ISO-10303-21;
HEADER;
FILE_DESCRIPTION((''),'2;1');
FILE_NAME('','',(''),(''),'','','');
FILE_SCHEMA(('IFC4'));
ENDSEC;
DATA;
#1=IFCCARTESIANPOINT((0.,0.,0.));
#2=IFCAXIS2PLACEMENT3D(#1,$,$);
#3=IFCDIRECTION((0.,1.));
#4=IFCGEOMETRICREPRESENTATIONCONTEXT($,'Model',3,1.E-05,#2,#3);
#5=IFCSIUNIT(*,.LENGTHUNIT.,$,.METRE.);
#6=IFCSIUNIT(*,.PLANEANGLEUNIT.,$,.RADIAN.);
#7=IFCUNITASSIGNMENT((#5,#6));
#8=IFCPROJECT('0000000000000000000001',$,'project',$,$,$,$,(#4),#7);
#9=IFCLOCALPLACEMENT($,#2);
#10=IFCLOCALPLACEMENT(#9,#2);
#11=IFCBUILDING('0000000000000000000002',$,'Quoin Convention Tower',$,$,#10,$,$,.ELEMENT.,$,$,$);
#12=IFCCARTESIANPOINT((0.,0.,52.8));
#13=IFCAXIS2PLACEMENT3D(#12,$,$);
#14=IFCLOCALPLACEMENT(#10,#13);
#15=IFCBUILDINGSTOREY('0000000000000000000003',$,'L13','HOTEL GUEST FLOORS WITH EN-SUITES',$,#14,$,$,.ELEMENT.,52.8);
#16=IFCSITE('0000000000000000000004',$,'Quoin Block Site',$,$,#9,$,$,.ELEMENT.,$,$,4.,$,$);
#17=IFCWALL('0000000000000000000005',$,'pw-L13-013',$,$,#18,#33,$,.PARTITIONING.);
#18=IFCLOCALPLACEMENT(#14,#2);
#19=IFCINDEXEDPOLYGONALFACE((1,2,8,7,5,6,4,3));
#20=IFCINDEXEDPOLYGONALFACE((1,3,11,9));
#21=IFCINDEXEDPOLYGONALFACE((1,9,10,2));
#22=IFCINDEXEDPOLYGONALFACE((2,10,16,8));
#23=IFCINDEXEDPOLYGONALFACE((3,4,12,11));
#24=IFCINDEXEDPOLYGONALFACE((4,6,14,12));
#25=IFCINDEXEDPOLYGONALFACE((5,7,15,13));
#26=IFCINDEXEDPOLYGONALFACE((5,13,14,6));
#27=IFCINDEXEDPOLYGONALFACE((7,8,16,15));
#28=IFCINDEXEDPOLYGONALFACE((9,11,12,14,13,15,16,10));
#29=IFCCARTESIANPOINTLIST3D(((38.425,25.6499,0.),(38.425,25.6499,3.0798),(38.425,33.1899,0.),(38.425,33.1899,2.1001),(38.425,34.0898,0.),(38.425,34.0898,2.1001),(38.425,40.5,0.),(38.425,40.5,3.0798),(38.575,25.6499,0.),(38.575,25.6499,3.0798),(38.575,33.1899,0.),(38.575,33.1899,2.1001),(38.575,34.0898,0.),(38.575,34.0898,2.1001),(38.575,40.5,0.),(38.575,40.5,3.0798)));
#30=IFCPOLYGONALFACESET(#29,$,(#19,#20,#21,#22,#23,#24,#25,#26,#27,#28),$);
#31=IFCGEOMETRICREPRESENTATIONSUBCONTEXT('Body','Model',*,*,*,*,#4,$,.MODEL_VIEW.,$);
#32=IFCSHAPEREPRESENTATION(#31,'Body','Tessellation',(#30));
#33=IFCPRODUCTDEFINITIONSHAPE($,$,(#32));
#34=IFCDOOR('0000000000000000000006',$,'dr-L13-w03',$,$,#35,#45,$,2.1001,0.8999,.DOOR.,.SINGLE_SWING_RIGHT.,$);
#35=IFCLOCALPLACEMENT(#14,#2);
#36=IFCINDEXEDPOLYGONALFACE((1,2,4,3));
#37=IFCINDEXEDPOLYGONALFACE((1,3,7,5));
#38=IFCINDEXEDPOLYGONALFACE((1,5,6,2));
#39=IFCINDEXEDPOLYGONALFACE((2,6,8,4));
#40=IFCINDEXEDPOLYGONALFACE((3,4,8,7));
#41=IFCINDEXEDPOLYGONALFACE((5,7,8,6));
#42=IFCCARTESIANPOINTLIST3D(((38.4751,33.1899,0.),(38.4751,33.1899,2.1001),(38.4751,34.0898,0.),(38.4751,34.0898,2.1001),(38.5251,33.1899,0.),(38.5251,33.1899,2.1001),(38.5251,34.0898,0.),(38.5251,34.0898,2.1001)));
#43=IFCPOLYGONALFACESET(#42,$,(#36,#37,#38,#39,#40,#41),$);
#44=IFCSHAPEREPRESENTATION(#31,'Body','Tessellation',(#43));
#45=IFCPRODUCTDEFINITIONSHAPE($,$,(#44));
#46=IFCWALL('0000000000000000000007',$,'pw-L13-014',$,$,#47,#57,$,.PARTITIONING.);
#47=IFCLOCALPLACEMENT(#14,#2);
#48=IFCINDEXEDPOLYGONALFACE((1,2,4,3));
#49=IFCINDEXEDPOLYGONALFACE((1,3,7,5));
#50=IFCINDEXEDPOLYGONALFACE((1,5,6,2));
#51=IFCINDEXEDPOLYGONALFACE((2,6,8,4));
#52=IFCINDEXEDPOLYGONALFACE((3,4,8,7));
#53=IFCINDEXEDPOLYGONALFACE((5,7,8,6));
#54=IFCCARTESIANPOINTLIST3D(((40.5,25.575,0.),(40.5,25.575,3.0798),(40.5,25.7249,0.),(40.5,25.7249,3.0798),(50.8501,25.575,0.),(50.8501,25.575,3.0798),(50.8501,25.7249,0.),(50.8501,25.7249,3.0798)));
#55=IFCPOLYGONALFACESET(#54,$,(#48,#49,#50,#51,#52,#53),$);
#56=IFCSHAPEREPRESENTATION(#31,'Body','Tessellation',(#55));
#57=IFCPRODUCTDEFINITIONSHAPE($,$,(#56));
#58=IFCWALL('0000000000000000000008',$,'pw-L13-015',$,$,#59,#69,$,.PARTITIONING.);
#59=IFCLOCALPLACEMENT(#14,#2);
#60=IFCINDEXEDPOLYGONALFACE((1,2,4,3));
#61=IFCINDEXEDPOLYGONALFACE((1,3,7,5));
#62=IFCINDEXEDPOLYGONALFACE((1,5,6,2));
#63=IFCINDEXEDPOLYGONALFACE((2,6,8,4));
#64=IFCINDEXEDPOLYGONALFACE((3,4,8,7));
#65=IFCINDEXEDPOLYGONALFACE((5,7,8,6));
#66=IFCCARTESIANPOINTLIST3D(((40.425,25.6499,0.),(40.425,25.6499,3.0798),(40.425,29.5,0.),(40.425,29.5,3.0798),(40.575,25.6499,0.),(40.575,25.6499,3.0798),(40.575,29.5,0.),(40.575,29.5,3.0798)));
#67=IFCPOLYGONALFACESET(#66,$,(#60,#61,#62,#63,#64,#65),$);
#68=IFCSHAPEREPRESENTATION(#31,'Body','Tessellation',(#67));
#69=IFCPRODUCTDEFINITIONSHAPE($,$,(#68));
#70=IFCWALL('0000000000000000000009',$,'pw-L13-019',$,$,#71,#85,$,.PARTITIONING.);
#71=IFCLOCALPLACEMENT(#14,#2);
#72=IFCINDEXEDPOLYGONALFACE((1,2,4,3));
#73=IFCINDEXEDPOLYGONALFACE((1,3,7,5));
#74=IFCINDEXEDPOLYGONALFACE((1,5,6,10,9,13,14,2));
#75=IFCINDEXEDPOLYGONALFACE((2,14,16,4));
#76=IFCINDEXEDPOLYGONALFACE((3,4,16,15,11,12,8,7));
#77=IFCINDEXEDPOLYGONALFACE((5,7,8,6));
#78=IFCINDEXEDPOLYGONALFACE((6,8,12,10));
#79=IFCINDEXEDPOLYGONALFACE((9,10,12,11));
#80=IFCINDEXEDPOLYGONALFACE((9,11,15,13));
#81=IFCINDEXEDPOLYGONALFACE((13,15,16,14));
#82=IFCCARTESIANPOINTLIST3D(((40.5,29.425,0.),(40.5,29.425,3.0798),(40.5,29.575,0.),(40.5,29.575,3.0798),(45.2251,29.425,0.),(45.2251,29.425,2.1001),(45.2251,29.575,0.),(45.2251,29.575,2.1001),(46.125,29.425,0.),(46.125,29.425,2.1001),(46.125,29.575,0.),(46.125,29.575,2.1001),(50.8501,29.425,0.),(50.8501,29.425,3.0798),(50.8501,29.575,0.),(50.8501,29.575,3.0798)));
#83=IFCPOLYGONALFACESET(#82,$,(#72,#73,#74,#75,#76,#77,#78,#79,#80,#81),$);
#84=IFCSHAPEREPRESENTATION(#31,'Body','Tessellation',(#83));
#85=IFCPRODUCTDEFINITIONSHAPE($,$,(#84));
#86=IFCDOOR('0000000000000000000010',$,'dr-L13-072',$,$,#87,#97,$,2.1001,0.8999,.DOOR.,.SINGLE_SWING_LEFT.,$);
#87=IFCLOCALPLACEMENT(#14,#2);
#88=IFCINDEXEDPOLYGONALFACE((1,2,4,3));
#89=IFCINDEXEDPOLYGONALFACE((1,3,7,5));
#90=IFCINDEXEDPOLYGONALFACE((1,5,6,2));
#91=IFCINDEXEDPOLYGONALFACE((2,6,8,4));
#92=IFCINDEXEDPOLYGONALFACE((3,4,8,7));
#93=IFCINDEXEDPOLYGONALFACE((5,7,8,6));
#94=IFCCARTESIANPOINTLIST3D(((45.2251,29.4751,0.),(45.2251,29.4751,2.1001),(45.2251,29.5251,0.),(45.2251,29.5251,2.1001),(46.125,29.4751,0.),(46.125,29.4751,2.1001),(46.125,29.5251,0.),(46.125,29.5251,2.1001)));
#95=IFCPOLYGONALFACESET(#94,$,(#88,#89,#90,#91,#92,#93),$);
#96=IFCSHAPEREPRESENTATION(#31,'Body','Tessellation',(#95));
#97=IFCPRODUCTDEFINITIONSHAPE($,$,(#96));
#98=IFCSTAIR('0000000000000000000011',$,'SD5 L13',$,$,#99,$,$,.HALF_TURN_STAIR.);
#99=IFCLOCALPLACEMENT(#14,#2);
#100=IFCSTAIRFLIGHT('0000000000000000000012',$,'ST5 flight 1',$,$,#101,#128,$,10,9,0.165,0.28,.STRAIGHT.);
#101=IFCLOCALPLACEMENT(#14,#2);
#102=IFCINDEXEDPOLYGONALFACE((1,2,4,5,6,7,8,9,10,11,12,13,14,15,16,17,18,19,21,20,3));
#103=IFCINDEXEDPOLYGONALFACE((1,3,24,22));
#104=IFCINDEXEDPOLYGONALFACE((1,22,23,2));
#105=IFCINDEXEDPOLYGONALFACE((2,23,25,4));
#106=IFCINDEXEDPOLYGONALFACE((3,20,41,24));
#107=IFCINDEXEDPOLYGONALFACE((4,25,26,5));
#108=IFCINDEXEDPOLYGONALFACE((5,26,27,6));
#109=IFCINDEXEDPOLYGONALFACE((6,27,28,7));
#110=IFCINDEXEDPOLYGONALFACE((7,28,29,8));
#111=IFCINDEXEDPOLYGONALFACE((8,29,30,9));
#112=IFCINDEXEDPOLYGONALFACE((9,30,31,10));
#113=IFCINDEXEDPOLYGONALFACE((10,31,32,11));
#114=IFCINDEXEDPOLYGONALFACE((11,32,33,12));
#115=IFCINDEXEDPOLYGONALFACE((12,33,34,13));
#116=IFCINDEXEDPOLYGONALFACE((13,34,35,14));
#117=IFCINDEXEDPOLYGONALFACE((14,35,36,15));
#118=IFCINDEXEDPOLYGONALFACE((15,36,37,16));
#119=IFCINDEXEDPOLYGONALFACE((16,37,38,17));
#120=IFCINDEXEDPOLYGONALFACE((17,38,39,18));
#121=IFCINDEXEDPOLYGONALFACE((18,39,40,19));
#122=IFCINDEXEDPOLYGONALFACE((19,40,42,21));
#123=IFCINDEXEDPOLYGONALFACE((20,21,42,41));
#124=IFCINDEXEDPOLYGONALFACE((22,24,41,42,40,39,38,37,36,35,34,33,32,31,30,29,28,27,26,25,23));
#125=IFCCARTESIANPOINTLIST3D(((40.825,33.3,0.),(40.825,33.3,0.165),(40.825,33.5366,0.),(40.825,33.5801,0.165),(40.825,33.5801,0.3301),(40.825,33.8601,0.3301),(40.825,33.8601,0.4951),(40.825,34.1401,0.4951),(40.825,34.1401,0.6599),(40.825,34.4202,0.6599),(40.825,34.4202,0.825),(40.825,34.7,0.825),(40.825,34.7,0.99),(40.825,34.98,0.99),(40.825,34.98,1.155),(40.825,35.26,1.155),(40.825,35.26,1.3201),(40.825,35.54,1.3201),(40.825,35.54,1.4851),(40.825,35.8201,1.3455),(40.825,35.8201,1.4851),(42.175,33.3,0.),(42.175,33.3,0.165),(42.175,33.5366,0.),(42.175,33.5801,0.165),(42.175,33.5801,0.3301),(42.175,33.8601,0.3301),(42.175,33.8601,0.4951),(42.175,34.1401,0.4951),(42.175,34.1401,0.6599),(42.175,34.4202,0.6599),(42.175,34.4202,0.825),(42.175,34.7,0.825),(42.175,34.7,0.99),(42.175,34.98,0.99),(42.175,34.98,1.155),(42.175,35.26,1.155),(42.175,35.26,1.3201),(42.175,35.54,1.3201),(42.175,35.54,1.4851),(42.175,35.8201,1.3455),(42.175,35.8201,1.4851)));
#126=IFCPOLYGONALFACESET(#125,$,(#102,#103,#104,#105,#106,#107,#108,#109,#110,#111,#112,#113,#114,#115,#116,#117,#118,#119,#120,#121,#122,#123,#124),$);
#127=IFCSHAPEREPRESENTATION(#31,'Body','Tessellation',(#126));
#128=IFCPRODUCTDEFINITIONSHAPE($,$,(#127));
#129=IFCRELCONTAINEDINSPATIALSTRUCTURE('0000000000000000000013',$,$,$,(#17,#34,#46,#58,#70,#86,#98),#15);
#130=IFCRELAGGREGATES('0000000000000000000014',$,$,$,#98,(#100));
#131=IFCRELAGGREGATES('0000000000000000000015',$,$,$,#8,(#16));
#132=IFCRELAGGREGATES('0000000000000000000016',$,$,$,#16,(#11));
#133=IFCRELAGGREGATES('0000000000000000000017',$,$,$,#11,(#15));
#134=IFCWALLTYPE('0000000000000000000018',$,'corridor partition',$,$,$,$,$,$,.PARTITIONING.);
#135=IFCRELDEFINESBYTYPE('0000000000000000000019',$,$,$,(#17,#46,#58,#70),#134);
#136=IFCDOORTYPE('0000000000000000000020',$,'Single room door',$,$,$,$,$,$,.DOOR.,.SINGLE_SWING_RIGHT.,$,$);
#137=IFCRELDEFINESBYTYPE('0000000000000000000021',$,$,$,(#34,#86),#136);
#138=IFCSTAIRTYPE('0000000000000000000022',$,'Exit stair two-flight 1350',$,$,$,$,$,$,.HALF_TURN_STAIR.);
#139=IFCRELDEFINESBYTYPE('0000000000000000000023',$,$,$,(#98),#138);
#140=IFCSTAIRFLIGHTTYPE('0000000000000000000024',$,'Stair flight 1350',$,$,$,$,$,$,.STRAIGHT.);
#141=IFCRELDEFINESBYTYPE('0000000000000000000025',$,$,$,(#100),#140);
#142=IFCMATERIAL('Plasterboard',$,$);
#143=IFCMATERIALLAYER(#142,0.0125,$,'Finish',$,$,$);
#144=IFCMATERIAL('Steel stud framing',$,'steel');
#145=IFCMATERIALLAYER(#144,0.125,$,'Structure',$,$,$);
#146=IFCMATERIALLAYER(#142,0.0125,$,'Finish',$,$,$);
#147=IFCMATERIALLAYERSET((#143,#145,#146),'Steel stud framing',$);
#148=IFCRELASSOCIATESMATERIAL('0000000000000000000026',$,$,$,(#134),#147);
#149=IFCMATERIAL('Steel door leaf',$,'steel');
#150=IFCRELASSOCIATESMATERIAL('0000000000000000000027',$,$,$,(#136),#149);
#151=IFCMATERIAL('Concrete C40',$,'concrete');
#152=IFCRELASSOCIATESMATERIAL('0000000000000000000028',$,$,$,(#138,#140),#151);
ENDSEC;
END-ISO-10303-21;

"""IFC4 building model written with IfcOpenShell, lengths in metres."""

from ifc_helpers import new_model, si_unit, direction, frame, frame_2d, origin, place, context, subcontext, project, spatial, polyline, rectangle, outline, extrude, material, layer, layer_set, type_object, element, fill, aggregate, save


model = new_model("IFC4")

# Units and contexts
model_context = context("Model", 3, precision=1e-05, world=origin(), true_north=direction((0.0, 1.0)))
body_context = subcontext(model_context, "Body", "Model", "MODEL_VIEW")
ifc_project = project(units=[si_unit("LENGTHUNIT", "METRE"), si_unit("PLANEANGLEUNIT", "RADIAN")], contexts=[model_context])

# Site, building, storey
site_placement = place(None, origin())
site = spatial("IfcSite", under=ifc_project, at=site_placement, Name="Quoin Block Site", CompositionType="ELEMENT", RefElevation=4.0)
building_placement = place(site_placement, origin())
building = spatial("IfcBuilding", under=site, at=building_placement, Name="Quoin Convention Tower", CompositionType="ELEMENT")
storey_placement = place(building_placement, frame((0.0, 0.0, 52.8)))
storey = spatial("IfcBuildingStorey", under=building, at=storey_placement, Name="L13", Description="HOTEL GUEST FLOORS WITH EN-SUITES", CompositionType="ELEMENT", Elevation=52.8)

# Shared definitions
ifc_material_1 = material(Name="Steel door leaf", Category="steel")

# Wall, opening, door
ifc_material_2 = material(Name="Plasterboard")
ifc_layer_1 = layer(ifc_material_2, 0.0125, Name="Finish")
ifc_material_3 = material(Name="Steel stud framing", Category="steel")
ifc_layer_2 = layer(ifc_material_3, 0.125, Name="Structure")
ifc_layer_3 = layer(ifc_material_2, 0.0125, Name="Finish")
ifc_layer_set_1 = layer_set([ifc_layer_1, ifc_layer_2, ifc_layer_3], Name="Steel stud framing")
wall_type_1 = type_object("IfcWallType", Name="corridor partition", PredefinedType="PARTITIONING", material=ifc_layer_set_1)
wall_1_placement = place(storey_placement, frame((38.5, 25.6499, 0.0), z_axis=(0.0, 0.0, 1.0), x_axis=(0.0, 1.0, 0.0)))
wall_1 = element("IfcWall", 1, at=wall_1_placement, inside=storey, type_object=wall_type_1, Name="pw-L13-013", PredefinedType="PARTITIONING", context=body_context, shape_type="SweptSolid", body=[
    extrude(rectangle(XDim=14.8501, YDim=0.1499, at=frame_2d((7.425, 0.0))), origin(), (0.0, 0.0, 1.0), 3.0798),
])
opening_1_placement = place(wall_1_placement, frame((7.54, 0.0, 0.0)))
opening_1 = element("IfcOpeningElement", 2, at=opening_1_placement, cuts=wall_1, PredefinedType="OPENING", context=body_context, shape_type="SweptSolid", body=[
    extrude(rectangle(XDim=0.8999, YDim=2.1001, at=frame_2d((0.45, 1.05))), frame((0.0, 0.085, 0.0), z_axis=(0.0, -1.0, 0.0), x_axis=(1.0, 0.0, 0.0)), (0.0, 0.0, 1.0), 0.1699),
])
door_type_1 = type_object("IfcDoorType", Name="Single room door", OperationType="SINGLE_SWING_RIGHT", PredefinedType="DOOR", material=ifc_material_1)
door_1_placement = place(opening_1_placement, origin())
door_1 = element("IfcDoor", 3, at=door_1_placement, inside=storey, type_object=door_type_1, Name="dr-L13-w03", OperationType="SINGLE_SWING_RIGHT", OverallHeight=2.1001, OverallWidth=0.8999, PredefinedType="DOOR", context=body_context, shape_type="SweptSolid", body=[
    extrude(rectangle(XDim=0.8999, YDim=2.1001, at=frame_2d((0.45, 1.05))), frame((0.0, 0.0249, 0.0), z_axis=(0.0, -1.0, 0.0), x_axis=(1.0, 0.0, 0.0)), (0.0, 0.0, 1.0), 0.05),
])
fill(opening_1, door_1)

# Walls
wall_2_placement = place(storey_placement, frame((40.5, 25.6499, 0.0), z_axis=(0.0, 0.0, 1.0), x_axis=(1.0, 0.0, 0.0)))
element("IfcWall", 4, at=wall_2_placement, inside=storey, type_object=wall_type_1, Name="pw-L13-014", PredefinedType="PARTITIONING", context=body_context, shape_type="SweptSolid", body=[
    extrude(rectangle(XDim=10.3501, YDim=0.1499, at=frame_2d((5.175, 0.0))), origin(), (0.0, 0.0, 1.0), 3.0798),
])
wall_3_placement = place(storey_placement, frame((40.5, 25.6499, 0.0), z_axis=(0.0, 0.0, 1.0), x_axis=(0.0, 1.0, 0.0)))
element("IfcWall", 5, at=wall_3_placement, inside=storey, type_object=wall_type_1, Name="pw-L13-015", PredefinedType="PARTITIONING", context=body_context, shape_type="SweptSolid", body=[
    extrude(rectangle(XDim=3.8501, YDim=0.1499, at=frame_2d((1.925, 0.0))), origin(), (0.0, 0.0, 1.0), 3.0798),
])

# Wall, opening, door
wall_4_placement = place(storey_placement, frame((40.5, 29.5, 0.0), z_axis=(0.0, 0.0, 1.0), x_axis=(1.0, 0.0, 0.0)))
wall_4 = element("IfcWall", 6, at=wall_4_placement, inside=storey, type_object=wall_type_1, Name="pw-L13-019", PredefinedType="PARTITIONING", context=body_context, shape_type="SweptSolid", body=[
    extrude(rectangle(XDim=10.3501, YDim=0.1499, at=frame_2d((5.175, 0.0))), origin(), (0.0, 0.0, 1.0), 3.0798),
])
opening_2_placement = place(wall_4_placement, frame((4.7251, 0.0, 0.0)))
opening_2 = element("IfcOpeningElement", 7, at=opening_2_placement, cuts=wall_4, PredefinedType="OPENING", context=body_context, shape_type="SweptSolid", body=[
    extrude(rectangle(XDim=0.8999, YDim=2.1001, at=frame_2d((0.45, 1.05))), frame((0.0, 0.085, 0.0), z_axis=(0.0, -1.0, 0.0), x_axis=(1.0, 0.0, 0.0)), (0.0, 0.0, 1.0), 0.1699),
])
door_2_placement = place(opening_2_placement, frame((0.8999, 0.0, 0.0), z_axis=(0.0, 0.0, 1.0), x_axis=(-1.0, 0.0, 0.0)))
door_2 = element("IfcDoor", 8, at=door_2_placement, inside=storey, type_object=door_type_1, Name="dr-L13-072", OperationType="SINGLE_SWING_LEFT", OverallHeight=2.1001, OverallWidth=0.8999, PredefinedType="DOOR", context=body_context, shape_type="SweptSolid", body=[
    extrude(rectangle(XDim=0.8999, YDim=2.1001, at=frame_2d((0.45, 1.05))), frame((0.0, 0.0249, 0.0), z_axis=(0.0, -1.0, 0.0), x_axis=(1.0, 0.0, 0.0)), (0.0, 0.0, 1.0), 0.05),
])
fill(opening_2, door_2)

# Stair, stair flight
ifc_material_4 = material(Name="Concrete C40", Category="concrete")
stair_type = type_object("IfcStairType", Name="Exit stair two-flight 1350", PredefinedType="HALF_TURN_STAIR", material=ifc_material_4)
stair_placement = place(storey_placement, origin())
stair = element("IfcStair", 9, at=stair_placement, inside=storey, type_object=stair_type, Name="SD5 L13", PredefinedType="HALF_TURN_STAIR")
stair_flight_type = type_object("IfcStairFlightType", Name="Stair flight 1350", PredefinedType="STRAIGHT", material=ifc_material_4)
stair_flight_placement = place(storey_placement, frame((41.5, 33.3, 0.0), z_axis=(0.0, 0.0, 1.0), x_axis=(0.0, 1.0, 0.0)))
stair_flight = element("IfcStairFlight", 10, at=stair_flight_placement, type_object=stair_flight_type, Name="ST5 flight 1", NumberOfRisers=10, NumberOfTreads=9, PredefinedType="STRAIGHT", RiserHeight=0.165, TreadLength=0.28, context=body_context, shape_type="SweptSolid", body=[
    extrude(outline(polyline([(0.0, 0.0), (0.0, 0.165), (0.28, 0.165), (0.28, 0.3301), (0.5601, 0.3301), (0.5601, 0.4951), (0.8401, 0.4951), (0.8401, 0.6599), (1.1201, 0.6599), (1.1201, 0.825), (1.3999, 0.825), (1.3999, 0.99), (1.6799, 0.99), (1.6799, 1.155), (1.96, 1.155), (1.96, 1.3201), (2.24, 1.3201), (2.24, 1.4851), (2.52, 1.4851), (2.52, 1.6499), (2.52, 1.3455), (0.2366, 0.0), (0.0, 0.0)])), frame((0.0, 0.675, 0.0), z_axis=(0.0, -1.0, 0.0), x_axis=(1.0, 0.0, 0.0)), (0.0, 0.0, 1.0), 1.3501),
])
aggregate(stair, [stair_flight])

save(model, "model.ifc")
